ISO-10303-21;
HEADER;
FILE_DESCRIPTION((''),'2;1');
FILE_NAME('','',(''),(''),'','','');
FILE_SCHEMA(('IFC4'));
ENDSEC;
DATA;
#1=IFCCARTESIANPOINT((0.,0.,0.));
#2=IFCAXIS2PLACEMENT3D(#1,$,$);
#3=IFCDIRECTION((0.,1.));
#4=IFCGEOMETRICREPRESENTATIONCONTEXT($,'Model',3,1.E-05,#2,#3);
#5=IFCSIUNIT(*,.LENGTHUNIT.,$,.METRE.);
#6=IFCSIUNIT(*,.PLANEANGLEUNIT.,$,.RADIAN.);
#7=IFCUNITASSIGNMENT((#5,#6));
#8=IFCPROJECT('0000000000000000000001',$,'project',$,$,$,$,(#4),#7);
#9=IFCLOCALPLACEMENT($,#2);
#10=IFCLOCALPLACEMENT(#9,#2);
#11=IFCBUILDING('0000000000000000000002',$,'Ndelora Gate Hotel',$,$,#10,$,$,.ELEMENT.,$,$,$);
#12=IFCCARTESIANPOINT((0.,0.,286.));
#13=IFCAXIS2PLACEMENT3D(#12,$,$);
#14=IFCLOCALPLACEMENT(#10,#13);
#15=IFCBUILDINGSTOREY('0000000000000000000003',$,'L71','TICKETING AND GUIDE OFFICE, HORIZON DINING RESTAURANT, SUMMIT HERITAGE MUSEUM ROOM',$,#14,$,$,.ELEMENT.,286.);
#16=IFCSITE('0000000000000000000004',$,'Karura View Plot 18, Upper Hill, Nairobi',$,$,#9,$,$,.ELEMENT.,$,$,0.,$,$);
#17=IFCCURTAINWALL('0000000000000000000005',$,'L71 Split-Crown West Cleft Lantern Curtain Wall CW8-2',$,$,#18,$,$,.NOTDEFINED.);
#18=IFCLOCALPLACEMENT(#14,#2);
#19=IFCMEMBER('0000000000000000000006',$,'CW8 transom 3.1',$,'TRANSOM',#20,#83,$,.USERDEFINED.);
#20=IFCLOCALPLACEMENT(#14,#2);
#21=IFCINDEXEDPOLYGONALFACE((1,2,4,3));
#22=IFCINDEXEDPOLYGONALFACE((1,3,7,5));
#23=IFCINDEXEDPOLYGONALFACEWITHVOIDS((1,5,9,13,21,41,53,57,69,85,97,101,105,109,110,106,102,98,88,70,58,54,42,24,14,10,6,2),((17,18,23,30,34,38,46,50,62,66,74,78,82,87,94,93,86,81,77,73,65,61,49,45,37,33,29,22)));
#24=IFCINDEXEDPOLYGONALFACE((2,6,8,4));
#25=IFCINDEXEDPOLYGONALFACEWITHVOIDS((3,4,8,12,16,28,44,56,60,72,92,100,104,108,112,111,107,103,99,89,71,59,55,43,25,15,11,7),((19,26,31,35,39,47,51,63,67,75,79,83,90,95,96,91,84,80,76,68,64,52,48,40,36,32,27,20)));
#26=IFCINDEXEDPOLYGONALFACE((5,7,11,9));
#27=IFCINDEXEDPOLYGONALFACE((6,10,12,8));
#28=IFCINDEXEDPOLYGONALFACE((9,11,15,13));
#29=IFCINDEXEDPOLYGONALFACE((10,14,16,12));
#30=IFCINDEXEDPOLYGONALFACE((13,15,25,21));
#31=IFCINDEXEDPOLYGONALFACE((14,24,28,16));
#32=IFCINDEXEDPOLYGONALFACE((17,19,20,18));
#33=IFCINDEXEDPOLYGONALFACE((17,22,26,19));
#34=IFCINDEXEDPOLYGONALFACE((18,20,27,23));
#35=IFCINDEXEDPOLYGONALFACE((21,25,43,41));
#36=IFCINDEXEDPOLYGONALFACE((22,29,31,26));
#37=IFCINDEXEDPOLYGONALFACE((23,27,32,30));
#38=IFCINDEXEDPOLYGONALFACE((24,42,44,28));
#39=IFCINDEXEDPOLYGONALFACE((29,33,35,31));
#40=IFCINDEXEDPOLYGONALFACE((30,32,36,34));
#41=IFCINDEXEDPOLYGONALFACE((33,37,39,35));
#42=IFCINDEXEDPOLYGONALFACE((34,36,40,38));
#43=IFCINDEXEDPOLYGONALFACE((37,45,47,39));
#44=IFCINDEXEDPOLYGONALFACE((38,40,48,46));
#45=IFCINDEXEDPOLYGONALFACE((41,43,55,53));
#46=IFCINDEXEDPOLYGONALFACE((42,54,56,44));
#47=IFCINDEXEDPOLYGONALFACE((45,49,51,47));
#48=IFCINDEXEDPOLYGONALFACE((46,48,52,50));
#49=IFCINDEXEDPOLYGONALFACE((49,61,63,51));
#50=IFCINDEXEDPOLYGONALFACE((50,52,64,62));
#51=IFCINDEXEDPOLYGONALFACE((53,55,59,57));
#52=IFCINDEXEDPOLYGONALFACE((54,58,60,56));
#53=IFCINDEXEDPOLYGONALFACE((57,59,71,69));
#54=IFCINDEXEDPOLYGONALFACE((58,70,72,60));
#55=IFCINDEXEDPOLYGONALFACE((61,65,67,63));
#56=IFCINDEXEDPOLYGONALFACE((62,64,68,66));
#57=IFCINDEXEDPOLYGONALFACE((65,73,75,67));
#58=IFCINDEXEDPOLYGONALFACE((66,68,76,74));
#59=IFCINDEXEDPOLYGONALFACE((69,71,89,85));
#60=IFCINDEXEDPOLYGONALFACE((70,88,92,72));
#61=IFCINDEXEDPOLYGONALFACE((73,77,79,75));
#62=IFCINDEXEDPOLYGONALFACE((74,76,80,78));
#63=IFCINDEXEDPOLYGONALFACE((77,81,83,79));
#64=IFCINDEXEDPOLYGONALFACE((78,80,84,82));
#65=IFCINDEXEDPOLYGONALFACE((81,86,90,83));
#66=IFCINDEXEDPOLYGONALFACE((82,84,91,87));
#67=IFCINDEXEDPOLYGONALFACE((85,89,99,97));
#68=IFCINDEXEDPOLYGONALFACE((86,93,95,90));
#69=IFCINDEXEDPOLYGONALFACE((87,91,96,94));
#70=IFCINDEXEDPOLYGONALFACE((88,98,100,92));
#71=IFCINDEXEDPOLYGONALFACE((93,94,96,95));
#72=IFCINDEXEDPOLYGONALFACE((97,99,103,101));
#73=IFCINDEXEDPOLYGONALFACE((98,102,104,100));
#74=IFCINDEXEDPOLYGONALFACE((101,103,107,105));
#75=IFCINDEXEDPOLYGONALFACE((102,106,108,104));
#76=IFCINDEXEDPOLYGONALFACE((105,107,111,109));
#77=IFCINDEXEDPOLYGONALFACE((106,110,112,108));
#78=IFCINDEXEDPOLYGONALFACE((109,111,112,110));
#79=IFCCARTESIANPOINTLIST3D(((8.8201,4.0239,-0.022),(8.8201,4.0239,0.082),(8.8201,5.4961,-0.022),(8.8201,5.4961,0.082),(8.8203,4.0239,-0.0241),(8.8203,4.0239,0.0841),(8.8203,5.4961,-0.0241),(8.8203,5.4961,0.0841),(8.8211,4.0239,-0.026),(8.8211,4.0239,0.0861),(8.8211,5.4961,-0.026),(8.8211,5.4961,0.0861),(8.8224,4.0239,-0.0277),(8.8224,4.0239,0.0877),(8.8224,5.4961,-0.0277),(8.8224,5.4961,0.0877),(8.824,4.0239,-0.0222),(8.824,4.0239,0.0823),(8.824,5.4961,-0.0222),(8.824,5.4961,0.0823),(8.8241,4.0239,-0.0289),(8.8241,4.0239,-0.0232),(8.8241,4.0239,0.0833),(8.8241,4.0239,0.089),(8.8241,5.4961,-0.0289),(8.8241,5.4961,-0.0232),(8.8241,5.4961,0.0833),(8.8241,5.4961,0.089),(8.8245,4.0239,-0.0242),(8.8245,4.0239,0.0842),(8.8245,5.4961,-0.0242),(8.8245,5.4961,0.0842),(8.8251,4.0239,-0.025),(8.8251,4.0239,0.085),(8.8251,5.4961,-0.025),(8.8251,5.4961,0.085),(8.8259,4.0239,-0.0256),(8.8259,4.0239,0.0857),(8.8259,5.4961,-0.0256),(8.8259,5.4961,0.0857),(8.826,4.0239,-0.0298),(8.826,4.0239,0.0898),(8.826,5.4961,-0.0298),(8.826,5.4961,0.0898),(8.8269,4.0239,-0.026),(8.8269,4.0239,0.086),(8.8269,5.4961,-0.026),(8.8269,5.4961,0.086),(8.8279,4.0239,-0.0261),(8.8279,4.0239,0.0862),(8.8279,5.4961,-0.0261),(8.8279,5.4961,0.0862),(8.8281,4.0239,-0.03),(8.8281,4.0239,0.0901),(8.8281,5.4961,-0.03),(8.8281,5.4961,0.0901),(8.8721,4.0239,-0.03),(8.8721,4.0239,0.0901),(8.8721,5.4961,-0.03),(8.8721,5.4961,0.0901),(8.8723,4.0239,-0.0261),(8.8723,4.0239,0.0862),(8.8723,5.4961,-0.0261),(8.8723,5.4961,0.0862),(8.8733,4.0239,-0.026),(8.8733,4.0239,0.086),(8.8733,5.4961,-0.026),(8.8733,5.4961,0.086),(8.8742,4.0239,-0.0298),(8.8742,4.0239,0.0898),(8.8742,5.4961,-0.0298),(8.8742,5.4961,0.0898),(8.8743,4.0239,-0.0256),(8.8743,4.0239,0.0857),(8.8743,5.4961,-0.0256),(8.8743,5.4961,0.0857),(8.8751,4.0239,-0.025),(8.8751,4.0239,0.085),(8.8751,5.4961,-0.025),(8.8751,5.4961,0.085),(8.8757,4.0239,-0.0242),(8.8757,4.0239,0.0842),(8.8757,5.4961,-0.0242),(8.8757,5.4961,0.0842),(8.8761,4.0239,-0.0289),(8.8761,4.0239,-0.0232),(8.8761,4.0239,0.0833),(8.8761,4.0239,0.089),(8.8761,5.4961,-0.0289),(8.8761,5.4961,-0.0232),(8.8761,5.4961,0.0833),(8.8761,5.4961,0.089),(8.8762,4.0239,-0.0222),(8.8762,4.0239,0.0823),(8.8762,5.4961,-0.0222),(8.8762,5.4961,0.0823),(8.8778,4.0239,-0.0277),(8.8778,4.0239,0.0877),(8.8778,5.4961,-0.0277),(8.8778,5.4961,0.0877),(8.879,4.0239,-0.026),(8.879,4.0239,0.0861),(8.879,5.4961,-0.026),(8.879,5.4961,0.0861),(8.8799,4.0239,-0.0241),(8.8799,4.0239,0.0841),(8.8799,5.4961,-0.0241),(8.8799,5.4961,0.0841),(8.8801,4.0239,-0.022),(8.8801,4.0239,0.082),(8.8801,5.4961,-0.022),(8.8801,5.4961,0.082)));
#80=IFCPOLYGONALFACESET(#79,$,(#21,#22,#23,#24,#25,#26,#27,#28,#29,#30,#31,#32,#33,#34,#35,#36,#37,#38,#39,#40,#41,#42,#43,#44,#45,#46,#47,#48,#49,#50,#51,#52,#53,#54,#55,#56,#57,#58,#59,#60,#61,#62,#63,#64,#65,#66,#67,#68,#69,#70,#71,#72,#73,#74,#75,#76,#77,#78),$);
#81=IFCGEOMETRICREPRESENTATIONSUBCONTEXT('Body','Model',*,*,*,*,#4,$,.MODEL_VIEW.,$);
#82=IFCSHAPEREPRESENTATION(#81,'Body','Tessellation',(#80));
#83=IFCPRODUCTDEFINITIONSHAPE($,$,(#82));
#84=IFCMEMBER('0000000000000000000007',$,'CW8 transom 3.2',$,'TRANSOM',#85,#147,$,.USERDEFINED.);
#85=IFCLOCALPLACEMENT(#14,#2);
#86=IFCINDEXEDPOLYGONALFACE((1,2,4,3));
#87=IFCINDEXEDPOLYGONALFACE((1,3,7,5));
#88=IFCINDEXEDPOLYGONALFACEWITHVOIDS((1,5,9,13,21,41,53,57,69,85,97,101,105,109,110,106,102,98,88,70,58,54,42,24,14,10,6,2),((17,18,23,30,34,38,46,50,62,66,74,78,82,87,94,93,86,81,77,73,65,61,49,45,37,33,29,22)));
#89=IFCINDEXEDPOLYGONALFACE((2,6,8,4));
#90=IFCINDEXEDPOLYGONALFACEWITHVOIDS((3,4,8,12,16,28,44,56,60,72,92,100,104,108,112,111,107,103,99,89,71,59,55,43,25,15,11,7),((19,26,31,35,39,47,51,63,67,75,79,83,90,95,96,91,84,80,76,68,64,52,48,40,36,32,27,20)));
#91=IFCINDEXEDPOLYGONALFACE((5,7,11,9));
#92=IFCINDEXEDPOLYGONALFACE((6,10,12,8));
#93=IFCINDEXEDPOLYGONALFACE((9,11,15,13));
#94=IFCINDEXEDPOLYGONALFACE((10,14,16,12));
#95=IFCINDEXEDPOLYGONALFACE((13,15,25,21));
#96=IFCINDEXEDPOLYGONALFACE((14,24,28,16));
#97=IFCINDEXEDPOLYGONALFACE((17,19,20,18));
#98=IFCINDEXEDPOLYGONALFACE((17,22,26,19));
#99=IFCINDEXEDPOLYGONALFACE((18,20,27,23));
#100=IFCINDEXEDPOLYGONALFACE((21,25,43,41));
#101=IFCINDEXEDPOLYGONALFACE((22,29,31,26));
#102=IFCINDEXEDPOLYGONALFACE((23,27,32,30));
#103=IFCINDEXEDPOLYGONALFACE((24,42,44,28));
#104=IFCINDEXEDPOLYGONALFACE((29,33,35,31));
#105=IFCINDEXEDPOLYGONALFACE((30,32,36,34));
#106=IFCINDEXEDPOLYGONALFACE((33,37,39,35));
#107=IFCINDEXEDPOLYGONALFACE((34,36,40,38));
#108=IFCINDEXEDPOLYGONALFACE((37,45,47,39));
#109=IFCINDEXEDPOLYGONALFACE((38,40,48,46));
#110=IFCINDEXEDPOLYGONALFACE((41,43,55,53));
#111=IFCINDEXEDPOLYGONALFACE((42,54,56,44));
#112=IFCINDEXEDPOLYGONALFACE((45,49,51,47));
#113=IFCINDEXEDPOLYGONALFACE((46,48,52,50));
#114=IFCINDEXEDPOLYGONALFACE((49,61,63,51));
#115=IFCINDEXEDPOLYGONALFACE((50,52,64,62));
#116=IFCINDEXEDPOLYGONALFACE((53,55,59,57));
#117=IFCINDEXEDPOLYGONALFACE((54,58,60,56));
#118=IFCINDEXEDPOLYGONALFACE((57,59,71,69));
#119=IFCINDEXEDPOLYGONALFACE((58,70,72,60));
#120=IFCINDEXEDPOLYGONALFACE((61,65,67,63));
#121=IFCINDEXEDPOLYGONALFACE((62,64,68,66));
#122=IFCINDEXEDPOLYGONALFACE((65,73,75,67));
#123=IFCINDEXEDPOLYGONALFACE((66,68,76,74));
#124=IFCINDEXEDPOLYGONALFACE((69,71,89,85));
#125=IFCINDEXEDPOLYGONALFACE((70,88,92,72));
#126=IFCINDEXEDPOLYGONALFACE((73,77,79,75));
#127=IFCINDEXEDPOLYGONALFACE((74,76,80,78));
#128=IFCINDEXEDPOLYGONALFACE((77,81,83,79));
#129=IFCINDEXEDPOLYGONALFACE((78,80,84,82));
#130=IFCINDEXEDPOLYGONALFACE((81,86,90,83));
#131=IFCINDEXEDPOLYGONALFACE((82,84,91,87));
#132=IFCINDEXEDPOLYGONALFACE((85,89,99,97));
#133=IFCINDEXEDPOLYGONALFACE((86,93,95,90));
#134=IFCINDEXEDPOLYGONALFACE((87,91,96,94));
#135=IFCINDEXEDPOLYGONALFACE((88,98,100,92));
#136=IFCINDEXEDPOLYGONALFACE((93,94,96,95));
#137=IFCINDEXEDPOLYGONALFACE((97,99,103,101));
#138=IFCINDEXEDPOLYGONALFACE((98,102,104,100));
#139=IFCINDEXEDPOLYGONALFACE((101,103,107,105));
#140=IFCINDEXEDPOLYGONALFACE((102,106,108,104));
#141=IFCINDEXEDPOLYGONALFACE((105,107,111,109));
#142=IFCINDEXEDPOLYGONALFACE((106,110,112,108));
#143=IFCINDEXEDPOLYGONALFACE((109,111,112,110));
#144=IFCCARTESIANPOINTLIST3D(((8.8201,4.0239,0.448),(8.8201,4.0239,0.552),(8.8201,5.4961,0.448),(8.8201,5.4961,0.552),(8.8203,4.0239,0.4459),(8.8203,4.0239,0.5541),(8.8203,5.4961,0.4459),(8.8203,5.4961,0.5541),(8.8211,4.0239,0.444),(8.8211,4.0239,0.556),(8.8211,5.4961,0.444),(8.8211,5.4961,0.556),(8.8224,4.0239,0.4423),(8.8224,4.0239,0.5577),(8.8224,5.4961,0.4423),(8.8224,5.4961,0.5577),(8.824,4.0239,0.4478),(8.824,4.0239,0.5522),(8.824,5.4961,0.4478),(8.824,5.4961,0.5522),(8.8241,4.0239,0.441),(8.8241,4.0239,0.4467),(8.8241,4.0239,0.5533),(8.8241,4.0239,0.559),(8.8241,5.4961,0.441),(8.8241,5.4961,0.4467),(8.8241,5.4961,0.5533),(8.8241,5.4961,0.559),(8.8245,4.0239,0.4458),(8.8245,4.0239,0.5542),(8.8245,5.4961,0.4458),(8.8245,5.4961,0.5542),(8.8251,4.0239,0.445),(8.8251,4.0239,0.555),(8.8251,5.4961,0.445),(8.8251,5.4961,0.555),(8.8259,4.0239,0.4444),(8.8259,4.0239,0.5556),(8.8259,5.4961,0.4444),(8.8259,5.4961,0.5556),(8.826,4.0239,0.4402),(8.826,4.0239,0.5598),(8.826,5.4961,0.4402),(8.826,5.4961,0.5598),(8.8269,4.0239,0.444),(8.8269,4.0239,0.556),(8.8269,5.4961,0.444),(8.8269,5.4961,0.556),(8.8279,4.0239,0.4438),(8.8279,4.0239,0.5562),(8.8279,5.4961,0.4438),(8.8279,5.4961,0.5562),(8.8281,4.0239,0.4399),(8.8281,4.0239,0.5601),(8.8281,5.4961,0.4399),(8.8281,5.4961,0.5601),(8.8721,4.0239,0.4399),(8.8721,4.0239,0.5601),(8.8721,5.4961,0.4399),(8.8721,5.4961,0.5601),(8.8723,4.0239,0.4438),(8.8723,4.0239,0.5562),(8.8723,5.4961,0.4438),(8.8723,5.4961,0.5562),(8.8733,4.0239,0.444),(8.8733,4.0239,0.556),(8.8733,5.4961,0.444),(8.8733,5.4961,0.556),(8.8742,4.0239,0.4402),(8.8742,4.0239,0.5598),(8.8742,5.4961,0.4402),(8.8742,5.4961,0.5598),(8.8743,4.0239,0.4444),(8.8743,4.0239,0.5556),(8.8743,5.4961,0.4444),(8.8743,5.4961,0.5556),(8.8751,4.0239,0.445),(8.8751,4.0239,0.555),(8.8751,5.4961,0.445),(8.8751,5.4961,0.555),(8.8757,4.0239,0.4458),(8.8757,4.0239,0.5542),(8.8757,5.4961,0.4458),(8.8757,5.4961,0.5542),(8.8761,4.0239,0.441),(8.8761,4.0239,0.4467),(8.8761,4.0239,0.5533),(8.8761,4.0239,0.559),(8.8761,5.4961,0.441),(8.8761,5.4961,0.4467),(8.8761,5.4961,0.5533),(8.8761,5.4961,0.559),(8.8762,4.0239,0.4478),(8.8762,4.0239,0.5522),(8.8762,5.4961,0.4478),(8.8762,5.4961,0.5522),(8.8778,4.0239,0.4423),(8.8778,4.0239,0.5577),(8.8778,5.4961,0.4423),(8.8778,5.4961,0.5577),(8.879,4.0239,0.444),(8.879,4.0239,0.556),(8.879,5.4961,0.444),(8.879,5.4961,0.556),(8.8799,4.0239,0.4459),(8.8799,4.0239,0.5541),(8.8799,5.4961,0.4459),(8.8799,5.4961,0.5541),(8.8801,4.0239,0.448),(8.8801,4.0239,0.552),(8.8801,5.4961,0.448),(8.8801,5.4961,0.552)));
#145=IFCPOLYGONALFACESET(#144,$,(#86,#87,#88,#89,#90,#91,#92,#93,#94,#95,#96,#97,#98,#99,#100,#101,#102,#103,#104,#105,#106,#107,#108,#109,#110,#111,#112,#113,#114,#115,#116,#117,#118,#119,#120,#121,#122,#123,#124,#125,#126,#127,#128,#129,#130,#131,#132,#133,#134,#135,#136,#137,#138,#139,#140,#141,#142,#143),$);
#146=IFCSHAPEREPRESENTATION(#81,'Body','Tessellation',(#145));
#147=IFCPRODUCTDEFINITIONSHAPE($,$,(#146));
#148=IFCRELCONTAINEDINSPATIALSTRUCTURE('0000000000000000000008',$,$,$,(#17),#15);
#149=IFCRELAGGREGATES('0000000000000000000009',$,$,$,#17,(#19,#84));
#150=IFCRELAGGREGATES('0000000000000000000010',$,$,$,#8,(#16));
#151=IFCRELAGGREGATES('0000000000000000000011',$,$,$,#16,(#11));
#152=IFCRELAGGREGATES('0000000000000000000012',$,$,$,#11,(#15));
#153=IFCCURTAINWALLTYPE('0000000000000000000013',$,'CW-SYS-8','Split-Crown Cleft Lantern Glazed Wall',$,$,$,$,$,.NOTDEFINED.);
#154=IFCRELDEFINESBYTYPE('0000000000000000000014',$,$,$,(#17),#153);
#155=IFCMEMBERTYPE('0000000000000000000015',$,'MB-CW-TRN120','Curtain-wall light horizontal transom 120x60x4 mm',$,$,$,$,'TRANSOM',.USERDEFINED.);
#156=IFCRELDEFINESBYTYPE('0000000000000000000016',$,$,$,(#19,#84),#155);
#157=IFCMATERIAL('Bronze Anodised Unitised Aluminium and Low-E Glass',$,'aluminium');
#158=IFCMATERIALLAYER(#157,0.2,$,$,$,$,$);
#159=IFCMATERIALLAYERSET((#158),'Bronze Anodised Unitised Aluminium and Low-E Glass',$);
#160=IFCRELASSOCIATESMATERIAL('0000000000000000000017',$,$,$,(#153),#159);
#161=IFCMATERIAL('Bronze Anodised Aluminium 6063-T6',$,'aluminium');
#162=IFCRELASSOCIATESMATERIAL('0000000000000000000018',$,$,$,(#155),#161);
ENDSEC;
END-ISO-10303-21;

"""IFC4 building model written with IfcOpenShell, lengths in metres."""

from ifc_helpers import new_model, si_unit, direction, frame, origin, origin_2d, place, context, subcontext, project, spatial, hollow_rectangle, extrude, material, layer, layer_set, material_profile, profile_set, type_object, element, aggregate, save


model = new_model("IFC4")

# Units and contexts
model_context = context("Model", 3, precision=1e-05, world=origin(), true_north=direction((0.0, 1.0)))
body_context = subcontext(model_context, "Body", "Model", "MODEL_VIEW")
ifc_project = project(units=[si_unit("LENGTHUNIT", "METRE"), si_unit("PLANEANGLEUNIT", "RADIAN")], contexts=[model_context])

# Site, building, storey
site_placement = place(None, origin())
site = spatial("IfcSite", under=ifc_project, at=site_placement, Name="Karura View Plot 18, Upper Hill, Nairobi", CompositionType="ELEMENT", RefElevation=0.0)
building_placement = place(site_placement, origin())
building = spatial("IfcBuilding", under=site, at=building_placement, Name="Ndelora Gate Hotel", CompositionType="ELEMENT")
storey_placement = place(building_placement, frame((0.0, 0.0, 286.0)))
storey = spatial("IfcBuildingStorey", under=building, at=storey_placement, Name="L71", Description="TICKETING AND GUIDE OFFICE, HORIZON DINING RESTAURANT, SUMMIT HERITAGE MUSEUM ROOM", CompositionType="ELEMENT", Elevation=286.0)

# Curtain wall
ifc_material_1 = material(Name="Bronze Anodised Unitised Aluminium and Low-E Glass", Category="aluminium")
ifc_layer_1 = layer(ifc_material_1, 0.2)
ifc_layer_set_1 = layer_set([ifc_layer_1], Name="Bronze Anodised Unitised Aluminium and Low-E Glass")
curtain_wall_type = type_object("IfcCurtainWallType", Name="CW-SYS-8", Description="Split-Crown Cleft Lantern Glazed Wall", PredefinedType="NOTDEFINED", material=ifc_layer_set_1)
curtain_wall_1_placement = place(storey_placement, origin())
curtain_wall_1 = element("IfcCurtainWall", 1, at=curtain_wall_1_placement, inside=storey, type_object=curtain_wall_type, Name="L71 Split-Crown West Cleft Lantern Curtain Wall CW8-2", PredefinedType="NOTDEFINED")
ifc_material_2 = material(Name="Bronze Anodised Aluminium 6063-T6", Category="aluminium")

# Members
ifc_material_profile_1 = material_profile(ifc_material_2, hollow_rectangle(XDim=0.0601, YDim=0.1201, WallThickness=0.0039, InnerFilletRadius=0.0039, OuterFilletRadius=0.0081, at=origin_2d()), Name="ALU 120x60x4")
ifc_profile_set_1 = profile_set([ifc_material_profile_1], Name="Bronze Anodised Aluminium 6063-T6")
member_type_1 = type_object("IfcMemberType", Name="MB-CW-TRN120", Description="Curtain-wall light horizontal transom 120x60x4 mm", ElementType="TRANSOM", PredefinedType="USERDEFINED", material=ifc_profile_set_1)
member_1_placement = place(storey_placement, frame((8.8501, 4.0239, 0.03), z_axis=(0.0, 1.0, 0.0), x_axis=(-1.0, 0.0, 0.0)))
member_1 = element("IfcMember", 2, at=member_1_placement, type_object=member_type_1, Name="CW8 transom 3.1", ObjectType="TRANSOM", PredefinedType="USERDEFINED", context=body_context, shape_type="SweptSolid", body=[
    extrude(hollow_rectangle(XDim=0.0601, YDim=0.1201, WallThickness=0.0039, InnerFilletRadius=0.0039, OuterFilletRadius=0.0081, at=origin_2d()), origin(), (0.0, 0.0, 1.0), 1.4722),
])
member_2_placement = place(storey_placement, frame((8.8501, 4.0239, 0.5), z_axis=(0.0, 1.0, 0.0), x_axis=(-1.0, 0.0, 0.0)))
member_2 = element("IfcMember", 3, at=member_2_placement, type_object=member_type_1, Name="CW8 transom 3.2", ObjectType="TRANSOM", PredefinedType="USERDEFINED", context=body_context, shape_type="SweptSolid", body=[
    extrude(hollow_rectangle(XDim=0.0601, YDim=0.1201, WallThickness=0.0039, InnerFilletRadius=0.0039, OuterFilletRadius=0.0081, at=origin_2d()), origin(), (0.0, 0.0, 1.0), 1.4722),
])

aggregate(curtain_wall_1, [member_1, member_2])

save(model, "model.ifc")
